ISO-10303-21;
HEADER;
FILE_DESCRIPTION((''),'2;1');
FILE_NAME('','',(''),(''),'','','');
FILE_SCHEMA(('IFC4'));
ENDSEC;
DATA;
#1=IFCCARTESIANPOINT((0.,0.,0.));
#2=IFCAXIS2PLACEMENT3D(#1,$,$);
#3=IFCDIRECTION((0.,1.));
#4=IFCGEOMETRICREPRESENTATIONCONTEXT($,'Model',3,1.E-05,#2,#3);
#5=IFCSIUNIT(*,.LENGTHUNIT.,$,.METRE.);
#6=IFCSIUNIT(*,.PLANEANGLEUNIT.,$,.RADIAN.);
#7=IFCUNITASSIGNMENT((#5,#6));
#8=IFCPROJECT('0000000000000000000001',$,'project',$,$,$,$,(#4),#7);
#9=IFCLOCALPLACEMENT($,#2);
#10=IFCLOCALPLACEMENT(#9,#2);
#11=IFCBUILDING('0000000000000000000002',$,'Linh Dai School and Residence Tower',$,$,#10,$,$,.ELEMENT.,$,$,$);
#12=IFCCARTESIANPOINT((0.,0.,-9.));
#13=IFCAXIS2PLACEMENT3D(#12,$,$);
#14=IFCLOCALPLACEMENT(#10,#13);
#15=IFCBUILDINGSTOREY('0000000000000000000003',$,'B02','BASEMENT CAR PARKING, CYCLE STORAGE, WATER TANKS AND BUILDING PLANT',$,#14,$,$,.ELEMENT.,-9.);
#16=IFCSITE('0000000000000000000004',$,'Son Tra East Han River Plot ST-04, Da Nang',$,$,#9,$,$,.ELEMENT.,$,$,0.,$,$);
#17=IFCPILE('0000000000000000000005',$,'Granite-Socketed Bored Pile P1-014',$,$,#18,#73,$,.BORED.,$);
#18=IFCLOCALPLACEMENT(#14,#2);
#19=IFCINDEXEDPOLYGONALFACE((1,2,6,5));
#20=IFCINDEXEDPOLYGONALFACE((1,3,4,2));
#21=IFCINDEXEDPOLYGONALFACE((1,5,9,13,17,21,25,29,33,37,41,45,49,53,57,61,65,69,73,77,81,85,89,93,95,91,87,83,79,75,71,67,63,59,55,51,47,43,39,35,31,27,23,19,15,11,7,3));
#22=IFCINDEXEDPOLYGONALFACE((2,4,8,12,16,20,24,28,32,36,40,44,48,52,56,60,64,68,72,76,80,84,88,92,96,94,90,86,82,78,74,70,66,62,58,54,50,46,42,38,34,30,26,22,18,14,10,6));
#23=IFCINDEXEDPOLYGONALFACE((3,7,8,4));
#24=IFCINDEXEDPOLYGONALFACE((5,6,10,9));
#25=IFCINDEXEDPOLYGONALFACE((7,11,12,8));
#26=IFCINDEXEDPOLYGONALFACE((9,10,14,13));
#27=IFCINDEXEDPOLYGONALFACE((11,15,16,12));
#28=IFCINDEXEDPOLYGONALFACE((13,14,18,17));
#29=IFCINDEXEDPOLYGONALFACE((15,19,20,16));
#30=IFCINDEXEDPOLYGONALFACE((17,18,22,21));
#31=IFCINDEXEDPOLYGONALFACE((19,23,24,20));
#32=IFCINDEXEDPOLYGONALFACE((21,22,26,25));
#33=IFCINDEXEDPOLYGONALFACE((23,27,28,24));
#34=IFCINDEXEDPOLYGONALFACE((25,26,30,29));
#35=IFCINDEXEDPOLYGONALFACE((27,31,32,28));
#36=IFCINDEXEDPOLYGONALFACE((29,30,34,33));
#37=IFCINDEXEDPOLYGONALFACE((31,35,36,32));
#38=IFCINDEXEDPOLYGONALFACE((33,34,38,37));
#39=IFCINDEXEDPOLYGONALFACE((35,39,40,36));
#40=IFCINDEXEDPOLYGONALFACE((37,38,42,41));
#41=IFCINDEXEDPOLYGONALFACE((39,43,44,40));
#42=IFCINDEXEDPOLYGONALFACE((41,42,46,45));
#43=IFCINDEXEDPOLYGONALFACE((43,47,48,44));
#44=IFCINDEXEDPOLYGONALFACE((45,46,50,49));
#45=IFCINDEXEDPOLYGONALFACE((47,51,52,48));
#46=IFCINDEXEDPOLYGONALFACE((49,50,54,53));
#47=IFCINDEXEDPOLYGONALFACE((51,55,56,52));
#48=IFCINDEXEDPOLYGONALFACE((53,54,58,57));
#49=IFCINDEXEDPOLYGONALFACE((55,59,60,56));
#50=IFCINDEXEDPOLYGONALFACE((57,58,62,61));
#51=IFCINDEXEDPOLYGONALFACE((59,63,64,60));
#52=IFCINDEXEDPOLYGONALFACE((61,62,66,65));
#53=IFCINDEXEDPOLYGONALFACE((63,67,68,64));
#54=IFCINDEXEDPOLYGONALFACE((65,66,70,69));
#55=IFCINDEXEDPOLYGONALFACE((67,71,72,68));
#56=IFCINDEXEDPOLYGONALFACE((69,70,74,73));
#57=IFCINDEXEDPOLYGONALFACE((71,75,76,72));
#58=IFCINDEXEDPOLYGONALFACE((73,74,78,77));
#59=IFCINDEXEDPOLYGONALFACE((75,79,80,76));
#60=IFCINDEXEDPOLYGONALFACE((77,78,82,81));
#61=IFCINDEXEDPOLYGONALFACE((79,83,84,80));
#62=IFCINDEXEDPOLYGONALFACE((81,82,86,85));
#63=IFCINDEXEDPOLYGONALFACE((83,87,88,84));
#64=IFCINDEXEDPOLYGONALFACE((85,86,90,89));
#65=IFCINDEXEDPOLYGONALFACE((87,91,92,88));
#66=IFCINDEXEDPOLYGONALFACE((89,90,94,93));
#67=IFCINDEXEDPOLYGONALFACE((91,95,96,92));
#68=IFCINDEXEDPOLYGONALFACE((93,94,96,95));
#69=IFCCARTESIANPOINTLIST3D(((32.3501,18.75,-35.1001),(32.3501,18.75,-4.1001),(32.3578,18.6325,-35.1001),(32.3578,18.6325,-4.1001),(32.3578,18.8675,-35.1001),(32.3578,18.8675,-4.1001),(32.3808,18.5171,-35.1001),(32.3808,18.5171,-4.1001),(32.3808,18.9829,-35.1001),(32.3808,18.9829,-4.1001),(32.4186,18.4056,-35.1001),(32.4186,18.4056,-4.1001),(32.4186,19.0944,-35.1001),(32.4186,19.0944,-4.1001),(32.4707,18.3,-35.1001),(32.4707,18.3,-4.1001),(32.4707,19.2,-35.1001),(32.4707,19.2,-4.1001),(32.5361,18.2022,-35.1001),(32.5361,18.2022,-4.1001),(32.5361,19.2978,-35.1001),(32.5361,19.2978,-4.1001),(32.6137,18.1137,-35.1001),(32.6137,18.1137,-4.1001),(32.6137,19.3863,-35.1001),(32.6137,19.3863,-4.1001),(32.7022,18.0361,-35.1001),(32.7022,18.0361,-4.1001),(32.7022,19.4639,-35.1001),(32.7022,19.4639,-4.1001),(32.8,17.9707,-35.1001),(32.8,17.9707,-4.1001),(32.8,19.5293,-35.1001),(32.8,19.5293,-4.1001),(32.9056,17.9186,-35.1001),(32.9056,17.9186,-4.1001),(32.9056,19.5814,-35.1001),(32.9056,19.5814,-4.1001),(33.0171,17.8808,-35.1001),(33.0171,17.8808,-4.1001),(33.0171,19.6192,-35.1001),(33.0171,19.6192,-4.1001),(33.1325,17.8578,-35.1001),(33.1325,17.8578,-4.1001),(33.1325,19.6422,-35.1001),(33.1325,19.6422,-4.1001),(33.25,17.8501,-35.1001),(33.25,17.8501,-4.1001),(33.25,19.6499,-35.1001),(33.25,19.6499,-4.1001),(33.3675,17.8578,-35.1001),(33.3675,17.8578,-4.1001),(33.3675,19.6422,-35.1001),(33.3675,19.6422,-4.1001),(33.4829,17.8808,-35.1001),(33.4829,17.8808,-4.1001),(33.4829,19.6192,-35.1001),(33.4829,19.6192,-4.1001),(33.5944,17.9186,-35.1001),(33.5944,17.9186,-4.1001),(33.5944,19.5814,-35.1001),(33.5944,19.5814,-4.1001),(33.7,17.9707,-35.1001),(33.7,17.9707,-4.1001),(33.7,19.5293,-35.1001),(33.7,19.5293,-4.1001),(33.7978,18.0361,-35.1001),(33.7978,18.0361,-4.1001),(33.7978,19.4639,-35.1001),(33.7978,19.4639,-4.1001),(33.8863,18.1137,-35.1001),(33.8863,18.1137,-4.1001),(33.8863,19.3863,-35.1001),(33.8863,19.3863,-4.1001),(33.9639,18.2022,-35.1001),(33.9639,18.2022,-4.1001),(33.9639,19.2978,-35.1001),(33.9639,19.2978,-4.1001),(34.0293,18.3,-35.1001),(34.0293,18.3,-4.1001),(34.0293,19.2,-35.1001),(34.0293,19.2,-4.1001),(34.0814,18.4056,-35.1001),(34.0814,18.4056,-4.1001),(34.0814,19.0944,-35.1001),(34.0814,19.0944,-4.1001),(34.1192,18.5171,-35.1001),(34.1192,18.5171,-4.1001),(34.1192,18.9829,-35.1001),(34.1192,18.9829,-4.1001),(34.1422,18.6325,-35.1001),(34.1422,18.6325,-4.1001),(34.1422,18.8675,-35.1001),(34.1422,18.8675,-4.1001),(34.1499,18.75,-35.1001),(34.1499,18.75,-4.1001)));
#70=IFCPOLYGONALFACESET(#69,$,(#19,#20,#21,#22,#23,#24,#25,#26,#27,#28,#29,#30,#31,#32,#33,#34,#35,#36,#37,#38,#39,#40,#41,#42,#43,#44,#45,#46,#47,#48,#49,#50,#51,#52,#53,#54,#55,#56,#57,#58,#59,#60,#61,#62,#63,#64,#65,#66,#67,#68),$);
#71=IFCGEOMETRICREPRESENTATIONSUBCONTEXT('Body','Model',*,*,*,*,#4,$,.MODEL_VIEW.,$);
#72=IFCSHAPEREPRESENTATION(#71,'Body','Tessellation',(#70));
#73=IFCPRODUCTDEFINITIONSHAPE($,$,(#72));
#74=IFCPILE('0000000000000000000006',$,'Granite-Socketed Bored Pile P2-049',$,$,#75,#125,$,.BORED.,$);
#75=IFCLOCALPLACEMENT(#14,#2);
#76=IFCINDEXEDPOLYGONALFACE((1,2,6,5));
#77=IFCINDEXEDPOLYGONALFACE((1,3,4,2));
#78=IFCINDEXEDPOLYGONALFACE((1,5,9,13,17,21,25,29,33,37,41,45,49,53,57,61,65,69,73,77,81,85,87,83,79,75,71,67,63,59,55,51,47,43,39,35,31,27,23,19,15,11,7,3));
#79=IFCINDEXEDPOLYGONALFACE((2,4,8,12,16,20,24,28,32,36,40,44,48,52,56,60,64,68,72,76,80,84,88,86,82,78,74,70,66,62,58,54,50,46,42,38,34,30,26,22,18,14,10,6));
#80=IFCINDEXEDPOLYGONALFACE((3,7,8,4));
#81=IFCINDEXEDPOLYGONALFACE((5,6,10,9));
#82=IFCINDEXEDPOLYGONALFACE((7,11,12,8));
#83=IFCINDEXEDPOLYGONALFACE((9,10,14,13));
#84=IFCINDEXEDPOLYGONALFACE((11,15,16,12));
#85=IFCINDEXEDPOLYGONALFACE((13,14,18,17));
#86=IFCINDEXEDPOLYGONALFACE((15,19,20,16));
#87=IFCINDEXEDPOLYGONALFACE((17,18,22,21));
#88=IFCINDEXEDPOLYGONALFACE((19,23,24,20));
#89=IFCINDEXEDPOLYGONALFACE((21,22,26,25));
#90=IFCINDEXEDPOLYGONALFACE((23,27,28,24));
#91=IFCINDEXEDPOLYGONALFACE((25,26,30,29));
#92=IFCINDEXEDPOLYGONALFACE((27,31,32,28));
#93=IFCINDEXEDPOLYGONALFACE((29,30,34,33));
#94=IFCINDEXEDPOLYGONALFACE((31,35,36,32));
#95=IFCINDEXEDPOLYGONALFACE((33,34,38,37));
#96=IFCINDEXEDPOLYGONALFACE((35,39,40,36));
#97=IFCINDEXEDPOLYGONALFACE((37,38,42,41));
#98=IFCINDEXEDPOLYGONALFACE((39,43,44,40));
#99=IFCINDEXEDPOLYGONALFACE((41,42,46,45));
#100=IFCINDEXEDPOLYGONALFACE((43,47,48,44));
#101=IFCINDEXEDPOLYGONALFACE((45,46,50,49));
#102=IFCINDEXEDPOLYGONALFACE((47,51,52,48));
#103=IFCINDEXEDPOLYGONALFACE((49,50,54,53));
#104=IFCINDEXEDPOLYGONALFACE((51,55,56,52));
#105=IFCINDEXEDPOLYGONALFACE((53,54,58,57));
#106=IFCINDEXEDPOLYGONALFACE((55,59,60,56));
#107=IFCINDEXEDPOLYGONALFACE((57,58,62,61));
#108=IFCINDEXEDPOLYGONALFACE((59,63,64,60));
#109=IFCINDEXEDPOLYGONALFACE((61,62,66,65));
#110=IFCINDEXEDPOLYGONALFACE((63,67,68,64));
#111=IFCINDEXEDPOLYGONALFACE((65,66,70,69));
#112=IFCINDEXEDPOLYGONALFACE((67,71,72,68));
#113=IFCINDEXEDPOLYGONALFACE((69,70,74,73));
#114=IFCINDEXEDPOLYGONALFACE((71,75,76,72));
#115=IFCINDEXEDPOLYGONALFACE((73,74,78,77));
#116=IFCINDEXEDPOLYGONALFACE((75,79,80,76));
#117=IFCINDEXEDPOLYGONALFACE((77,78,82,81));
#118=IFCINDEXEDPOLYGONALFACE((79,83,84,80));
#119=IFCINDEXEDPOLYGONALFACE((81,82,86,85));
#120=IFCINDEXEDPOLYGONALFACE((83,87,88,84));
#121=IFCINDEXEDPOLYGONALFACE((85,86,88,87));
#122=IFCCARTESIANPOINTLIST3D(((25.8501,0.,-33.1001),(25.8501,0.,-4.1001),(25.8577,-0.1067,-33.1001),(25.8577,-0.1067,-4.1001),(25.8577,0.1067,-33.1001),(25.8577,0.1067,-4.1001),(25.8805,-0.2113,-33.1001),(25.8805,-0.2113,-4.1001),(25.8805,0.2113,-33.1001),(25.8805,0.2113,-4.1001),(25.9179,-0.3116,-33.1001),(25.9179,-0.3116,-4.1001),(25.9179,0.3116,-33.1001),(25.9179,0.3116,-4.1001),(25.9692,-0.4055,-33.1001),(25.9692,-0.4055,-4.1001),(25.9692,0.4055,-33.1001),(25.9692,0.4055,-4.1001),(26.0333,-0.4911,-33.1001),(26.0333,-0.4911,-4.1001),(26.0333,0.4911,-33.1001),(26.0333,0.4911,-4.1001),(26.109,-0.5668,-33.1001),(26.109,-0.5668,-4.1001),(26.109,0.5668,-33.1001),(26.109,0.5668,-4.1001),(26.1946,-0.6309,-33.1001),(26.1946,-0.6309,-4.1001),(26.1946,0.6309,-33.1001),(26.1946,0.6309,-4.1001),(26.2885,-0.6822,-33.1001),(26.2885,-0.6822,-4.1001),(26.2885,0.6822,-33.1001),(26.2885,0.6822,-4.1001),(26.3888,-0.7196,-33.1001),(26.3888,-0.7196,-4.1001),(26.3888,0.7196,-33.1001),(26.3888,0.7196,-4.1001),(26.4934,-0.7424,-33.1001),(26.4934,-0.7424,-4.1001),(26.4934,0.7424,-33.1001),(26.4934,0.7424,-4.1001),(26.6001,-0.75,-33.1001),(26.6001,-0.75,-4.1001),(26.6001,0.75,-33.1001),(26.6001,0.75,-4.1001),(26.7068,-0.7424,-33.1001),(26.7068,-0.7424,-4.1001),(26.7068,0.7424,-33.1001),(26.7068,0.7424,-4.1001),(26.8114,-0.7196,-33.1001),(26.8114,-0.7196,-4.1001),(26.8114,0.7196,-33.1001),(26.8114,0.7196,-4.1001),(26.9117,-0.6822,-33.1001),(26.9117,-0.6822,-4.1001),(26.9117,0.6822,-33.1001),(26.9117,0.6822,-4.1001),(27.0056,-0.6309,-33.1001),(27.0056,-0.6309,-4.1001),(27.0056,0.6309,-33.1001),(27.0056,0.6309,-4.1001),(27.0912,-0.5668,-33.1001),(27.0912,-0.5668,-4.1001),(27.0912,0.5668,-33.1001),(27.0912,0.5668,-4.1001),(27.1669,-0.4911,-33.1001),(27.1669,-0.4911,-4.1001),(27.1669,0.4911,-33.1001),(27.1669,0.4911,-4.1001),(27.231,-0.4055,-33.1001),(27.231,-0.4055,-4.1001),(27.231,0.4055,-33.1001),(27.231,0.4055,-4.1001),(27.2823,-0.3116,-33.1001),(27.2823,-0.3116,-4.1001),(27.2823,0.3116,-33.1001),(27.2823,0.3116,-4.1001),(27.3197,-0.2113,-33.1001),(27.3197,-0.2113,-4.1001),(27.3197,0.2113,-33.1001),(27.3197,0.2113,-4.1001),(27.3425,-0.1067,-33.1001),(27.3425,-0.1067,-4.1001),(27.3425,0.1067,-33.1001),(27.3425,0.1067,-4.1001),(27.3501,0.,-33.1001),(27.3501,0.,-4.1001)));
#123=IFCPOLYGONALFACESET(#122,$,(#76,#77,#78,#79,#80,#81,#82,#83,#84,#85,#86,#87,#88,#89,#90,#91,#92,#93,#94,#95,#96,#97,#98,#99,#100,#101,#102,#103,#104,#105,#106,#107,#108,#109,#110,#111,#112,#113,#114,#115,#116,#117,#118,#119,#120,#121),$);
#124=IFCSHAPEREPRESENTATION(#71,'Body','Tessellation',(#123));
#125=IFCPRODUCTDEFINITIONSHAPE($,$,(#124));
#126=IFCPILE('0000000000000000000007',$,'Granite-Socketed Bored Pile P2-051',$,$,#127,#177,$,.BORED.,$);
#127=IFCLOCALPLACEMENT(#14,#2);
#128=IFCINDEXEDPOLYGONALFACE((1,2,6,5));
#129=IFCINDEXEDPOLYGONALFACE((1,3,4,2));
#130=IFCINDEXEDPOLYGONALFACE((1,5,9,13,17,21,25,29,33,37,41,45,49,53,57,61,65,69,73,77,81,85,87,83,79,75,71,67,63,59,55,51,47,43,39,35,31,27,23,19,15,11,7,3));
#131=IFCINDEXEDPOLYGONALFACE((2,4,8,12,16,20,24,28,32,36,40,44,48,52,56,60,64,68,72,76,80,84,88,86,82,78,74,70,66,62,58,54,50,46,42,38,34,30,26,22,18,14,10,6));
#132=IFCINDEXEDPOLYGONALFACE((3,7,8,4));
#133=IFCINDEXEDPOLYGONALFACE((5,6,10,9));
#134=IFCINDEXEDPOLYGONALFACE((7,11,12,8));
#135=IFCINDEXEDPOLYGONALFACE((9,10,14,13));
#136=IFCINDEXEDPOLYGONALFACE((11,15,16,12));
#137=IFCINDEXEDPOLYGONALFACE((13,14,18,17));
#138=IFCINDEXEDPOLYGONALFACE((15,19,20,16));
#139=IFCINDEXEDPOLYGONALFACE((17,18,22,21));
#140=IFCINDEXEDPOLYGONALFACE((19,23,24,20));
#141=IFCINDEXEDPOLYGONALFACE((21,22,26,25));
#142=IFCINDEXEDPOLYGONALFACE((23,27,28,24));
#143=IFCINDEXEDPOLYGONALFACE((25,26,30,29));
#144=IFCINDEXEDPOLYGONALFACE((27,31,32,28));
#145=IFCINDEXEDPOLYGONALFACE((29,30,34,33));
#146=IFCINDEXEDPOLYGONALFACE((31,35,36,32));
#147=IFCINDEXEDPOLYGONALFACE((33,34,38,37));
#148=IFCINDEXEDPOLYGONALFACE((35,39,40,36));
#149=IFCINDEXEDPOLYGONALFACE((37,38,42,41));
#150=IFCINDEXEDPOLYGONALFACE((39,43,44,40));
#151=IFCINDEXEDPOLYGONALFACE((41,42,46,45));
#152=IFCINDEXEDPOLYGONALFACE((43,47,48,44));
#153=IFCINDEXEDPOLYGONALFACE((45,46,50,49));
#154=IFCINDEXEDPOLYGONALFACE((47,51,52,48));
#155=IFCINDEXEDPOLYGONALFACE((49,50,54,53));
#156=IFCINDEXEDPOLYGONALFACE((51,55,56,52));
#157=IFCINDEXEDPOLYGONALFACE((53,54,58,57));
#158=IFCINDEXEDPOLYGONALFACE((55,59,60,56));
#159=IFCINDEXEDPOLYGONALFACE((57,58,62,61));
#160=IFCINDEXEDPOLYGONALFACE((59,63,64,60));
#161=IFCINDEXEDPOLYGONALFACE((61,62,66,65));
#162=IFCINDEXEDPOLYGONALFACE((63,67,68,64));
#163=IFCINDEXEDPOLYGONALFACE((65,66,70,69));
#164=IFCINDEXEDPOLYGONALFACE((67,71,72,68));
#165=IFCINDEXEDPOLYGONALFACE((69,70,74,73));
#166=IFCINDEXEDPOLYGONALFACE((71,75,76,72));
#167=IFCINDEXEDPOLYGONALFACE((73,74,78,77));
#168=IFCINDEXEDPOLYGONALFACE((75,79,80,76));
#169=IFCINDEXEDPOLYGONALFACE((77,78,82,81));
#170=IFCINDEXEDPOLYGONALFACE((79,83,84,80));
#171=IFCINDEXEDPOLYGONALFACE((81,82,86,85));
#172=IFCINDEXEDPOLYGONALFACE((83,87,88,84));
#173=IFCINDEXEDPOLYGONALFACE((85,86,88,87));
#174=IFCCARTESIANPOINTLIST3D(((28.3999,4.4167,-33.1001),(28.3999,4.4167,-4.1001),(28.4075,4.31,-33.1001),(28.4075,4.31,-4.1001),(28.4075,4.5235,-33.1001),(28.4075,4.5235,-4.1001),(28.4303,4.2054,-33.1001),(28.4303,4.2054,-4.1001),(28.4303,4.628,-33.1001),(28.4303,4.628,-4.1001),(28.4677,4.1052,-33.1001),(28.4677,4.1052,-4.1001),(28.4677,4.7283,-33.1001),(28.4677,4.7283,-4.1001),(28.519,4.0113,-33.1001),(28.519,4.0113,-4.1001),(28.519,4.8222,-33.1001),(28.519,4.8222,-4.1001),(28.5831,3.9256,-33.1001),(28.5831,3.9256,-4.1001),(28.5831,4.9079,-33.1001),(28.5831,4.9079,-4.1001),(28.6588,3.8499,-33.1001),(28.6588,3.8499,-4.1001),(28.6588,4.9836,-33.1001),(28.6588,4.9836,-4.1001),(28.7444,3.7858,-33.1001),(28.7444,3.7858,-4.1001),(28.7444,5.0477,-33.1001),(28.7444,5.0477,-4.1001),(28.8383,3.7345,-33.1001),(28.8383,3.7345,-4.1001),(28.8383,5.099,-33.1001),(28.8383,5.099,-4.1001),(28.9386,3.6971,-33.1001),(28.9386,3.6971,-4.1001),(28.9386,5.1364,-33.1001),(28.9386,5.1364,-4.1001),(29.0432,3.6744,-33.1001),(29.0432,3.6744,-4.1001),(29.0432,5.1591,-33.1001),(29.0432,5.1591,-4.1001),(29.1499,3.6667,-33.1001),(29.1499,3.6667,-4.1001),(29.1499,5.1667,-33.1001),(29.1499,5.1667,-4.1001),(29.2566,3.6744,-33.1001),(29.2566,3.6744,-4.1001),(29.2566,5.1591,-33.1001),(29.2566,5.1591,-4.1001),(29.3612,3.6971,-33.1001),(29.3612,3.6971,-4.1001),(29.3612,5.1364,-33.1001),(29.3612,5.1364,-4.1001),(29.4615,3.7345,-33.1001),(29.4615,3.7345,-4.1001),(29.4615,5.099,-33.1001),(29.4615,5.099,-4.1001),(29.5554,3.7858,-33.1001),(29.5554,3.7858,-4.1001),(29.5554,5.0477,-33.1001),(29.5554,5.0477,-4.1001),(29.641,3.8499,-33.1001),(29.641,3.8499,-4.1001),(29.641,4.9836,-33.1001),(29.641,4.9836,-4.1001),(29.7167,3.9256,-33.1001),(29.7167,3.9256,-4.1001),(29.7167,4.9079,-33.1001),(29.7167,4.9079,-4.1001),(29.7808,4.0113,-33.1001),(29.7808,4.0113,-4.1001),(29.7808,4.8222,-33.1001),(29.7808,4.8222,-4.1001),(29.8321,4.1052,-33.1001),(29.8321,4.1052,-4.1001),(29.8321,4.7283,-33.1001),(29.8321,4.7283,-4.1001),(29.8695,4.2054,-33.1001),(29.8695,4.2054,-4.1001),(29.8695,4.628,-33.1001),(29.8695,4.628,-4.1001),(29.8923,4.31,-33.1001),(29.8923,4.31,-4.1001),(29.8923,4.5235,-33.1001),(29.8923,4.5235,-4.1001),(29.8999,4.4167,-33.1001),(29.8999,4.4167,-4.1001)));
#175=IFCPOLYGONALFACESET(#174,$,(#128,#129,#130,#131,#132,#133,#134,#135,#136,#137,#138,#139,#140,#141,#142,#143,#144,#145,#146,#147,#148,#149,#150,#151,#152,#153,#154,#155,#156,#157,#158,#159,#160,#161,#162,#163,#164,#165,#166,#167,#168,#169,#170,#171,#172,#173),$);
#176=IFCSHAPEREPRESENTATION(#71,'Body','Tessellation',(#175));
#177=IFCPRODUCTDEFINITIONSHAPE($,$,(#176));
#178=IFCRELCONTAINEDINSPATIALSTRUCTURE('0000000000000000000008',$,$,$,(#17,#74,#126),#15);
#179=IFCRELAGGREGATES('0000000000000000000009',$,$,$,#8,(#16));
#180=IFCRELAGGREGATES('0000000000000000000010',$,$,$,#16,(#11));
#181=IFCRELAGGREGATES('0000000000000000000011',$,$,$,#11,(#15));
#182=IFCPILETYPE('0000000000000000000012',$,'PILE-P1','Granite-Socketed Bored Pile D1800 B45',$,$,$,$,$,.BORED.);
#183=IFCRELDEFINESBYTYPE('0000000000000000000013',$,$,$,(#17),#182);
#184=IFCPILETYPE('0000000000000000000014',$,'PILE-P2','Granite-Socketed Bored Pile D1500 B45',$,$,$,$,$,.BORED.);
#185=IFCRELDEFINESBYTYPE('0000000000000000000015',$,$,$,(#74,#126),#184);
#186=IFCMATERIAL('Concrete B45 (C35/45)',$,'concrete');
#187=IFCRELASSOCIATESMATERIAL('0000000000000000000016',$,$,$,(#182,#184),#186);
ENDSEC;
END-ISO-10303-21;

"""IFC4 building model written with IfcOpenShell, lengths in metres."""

from ifc_helpers import new_model, si_unit, direction, frame, origin, origin_2d, place, context, subcontext, project, spatial, circle, extrude, material, material_profile, profile_set, type_object, element, save


model = new_model("IFC4")

# Units and contexts
model_context = context("Model", 3, precision=1e-05, world=origin(), true_north=direction((0.0, 1.0)))
body_context = subcontext(model_context, "Body", "Model", "MODEL_VIEW")
ifc_project = project(units=[si_unit("LENGTHUNIT", "METRE"), si_unit("PLANEANGLEUNIT", "RADIAN")], contexts=[model_context])

# Site, building, storey
site_placement = place(None, origin())
site = spatial("IfcSite", under=ifc_project, at=site_placement, Name="Son Tra East Han River Plot ST-04, Da Nang", CompositionType="ELEMENT", RefElevation=0.0)
building_placement = place(site_placement, origin())
building = spatial("IfcBuilding", under=site, at=building_placement, Name="Linh Dai School and Residence Tower", CompositionType="ELEMENT")
storey_placement = place(building_placement, frame((0.0, 0.0, -9.0)))
storey = spatial("IfcBuildingStorey", under=building, at=storey_placement, Name="B02", Description="BASEMENT CAR PARKING, CYCLE STORAGE, WATER TANKS AND BUILDING PLANT", CompositionType="ELEMENT", Elevation=-9.0)

# Piles
ifc_material_1 = material(Name="Concrete B45 (C35/45)", Category="concrete")
ifc_material_profile_1 = material_profile(ifc_material_1, circle(Radius=0.8999, at=origin_2d()), Name="PILE D1800")
ifc_profile_set_1 = profile_set([ifc_material_profile_1], Name="Concrete B45 (C35/45)")
pile_type_1 = type_object("IfcPileType", Name="PILE-P1", Description="Granite-Socketed Bored Pile D1800 B45", PredefinedType="BORED", material=ifc_profile_set_1)
for number, where, z_axis, x_axis, name in (
    (1, (33.25, 18.75, -4.1001), (0.0, 0.0, -1.0), (1.0, 0.0, 0.0), "Granite-Socketed Bored Pile P1-014"),
):
    element("IfcPile", number, at=place(storey_placement, frame(where, z_axis=z_axis, x_axis=x_axis)), inside=storey, type_object=pile_type_1, Name=name, PredefinedType="BORED", context=body_context, shape_type="SweptSolid", body=[
        extrude(circle(Radius=0.8999, at=origin_2d()), origin(), (0.0, 0.0, 1.0), 31.0),
    ])
ifc_material_profile_2 = material_profile(ifc_material_1, circle(Radius=0.75, at=origin_2d()), Name="PILE D1500")
ifc_profile_set_2 = profile_set([ifc_material_profile_2], Name="Concrete B45 (C35/45)")
pile_type_2 = type_object("IfcPileType", Name="PILE-P2", Description="Granite-Socketed Bored Pile D1500 B45", PredefinedType="BORED", material=ifc_profile_set_2)
for number, where, z_axis, x_axis, name in (
    (2, (26.6001, 0.0, -4.1001), (0.0, 0.0, -1.0), (1.0, 0.0, 0.0), "Granite-Socketed Bored Pile P2-049"),
    (3, (29.1499, 4.4167, -4.1001), (0.0, 0.0, -1.0), (1.0, 0.0, 0.0), "Granite-Socketed Bored Pile P2-051"),
):
    element("IfcPile", number, at=place(storey_placement, frame(where, z_axis=z_axis, x_axis=x_axis)), inside=storey, type_object=pile_type_2, Name=name, PredefinedType="BORED", context=body_context, shape_type="SweptSolid", body=[
        extrude(circle(Radius=0.75, at=origin_2d()), origin(), (0.0, 0.0, 1.0), 29.0),
    ])

save(model, "model.ifc")
